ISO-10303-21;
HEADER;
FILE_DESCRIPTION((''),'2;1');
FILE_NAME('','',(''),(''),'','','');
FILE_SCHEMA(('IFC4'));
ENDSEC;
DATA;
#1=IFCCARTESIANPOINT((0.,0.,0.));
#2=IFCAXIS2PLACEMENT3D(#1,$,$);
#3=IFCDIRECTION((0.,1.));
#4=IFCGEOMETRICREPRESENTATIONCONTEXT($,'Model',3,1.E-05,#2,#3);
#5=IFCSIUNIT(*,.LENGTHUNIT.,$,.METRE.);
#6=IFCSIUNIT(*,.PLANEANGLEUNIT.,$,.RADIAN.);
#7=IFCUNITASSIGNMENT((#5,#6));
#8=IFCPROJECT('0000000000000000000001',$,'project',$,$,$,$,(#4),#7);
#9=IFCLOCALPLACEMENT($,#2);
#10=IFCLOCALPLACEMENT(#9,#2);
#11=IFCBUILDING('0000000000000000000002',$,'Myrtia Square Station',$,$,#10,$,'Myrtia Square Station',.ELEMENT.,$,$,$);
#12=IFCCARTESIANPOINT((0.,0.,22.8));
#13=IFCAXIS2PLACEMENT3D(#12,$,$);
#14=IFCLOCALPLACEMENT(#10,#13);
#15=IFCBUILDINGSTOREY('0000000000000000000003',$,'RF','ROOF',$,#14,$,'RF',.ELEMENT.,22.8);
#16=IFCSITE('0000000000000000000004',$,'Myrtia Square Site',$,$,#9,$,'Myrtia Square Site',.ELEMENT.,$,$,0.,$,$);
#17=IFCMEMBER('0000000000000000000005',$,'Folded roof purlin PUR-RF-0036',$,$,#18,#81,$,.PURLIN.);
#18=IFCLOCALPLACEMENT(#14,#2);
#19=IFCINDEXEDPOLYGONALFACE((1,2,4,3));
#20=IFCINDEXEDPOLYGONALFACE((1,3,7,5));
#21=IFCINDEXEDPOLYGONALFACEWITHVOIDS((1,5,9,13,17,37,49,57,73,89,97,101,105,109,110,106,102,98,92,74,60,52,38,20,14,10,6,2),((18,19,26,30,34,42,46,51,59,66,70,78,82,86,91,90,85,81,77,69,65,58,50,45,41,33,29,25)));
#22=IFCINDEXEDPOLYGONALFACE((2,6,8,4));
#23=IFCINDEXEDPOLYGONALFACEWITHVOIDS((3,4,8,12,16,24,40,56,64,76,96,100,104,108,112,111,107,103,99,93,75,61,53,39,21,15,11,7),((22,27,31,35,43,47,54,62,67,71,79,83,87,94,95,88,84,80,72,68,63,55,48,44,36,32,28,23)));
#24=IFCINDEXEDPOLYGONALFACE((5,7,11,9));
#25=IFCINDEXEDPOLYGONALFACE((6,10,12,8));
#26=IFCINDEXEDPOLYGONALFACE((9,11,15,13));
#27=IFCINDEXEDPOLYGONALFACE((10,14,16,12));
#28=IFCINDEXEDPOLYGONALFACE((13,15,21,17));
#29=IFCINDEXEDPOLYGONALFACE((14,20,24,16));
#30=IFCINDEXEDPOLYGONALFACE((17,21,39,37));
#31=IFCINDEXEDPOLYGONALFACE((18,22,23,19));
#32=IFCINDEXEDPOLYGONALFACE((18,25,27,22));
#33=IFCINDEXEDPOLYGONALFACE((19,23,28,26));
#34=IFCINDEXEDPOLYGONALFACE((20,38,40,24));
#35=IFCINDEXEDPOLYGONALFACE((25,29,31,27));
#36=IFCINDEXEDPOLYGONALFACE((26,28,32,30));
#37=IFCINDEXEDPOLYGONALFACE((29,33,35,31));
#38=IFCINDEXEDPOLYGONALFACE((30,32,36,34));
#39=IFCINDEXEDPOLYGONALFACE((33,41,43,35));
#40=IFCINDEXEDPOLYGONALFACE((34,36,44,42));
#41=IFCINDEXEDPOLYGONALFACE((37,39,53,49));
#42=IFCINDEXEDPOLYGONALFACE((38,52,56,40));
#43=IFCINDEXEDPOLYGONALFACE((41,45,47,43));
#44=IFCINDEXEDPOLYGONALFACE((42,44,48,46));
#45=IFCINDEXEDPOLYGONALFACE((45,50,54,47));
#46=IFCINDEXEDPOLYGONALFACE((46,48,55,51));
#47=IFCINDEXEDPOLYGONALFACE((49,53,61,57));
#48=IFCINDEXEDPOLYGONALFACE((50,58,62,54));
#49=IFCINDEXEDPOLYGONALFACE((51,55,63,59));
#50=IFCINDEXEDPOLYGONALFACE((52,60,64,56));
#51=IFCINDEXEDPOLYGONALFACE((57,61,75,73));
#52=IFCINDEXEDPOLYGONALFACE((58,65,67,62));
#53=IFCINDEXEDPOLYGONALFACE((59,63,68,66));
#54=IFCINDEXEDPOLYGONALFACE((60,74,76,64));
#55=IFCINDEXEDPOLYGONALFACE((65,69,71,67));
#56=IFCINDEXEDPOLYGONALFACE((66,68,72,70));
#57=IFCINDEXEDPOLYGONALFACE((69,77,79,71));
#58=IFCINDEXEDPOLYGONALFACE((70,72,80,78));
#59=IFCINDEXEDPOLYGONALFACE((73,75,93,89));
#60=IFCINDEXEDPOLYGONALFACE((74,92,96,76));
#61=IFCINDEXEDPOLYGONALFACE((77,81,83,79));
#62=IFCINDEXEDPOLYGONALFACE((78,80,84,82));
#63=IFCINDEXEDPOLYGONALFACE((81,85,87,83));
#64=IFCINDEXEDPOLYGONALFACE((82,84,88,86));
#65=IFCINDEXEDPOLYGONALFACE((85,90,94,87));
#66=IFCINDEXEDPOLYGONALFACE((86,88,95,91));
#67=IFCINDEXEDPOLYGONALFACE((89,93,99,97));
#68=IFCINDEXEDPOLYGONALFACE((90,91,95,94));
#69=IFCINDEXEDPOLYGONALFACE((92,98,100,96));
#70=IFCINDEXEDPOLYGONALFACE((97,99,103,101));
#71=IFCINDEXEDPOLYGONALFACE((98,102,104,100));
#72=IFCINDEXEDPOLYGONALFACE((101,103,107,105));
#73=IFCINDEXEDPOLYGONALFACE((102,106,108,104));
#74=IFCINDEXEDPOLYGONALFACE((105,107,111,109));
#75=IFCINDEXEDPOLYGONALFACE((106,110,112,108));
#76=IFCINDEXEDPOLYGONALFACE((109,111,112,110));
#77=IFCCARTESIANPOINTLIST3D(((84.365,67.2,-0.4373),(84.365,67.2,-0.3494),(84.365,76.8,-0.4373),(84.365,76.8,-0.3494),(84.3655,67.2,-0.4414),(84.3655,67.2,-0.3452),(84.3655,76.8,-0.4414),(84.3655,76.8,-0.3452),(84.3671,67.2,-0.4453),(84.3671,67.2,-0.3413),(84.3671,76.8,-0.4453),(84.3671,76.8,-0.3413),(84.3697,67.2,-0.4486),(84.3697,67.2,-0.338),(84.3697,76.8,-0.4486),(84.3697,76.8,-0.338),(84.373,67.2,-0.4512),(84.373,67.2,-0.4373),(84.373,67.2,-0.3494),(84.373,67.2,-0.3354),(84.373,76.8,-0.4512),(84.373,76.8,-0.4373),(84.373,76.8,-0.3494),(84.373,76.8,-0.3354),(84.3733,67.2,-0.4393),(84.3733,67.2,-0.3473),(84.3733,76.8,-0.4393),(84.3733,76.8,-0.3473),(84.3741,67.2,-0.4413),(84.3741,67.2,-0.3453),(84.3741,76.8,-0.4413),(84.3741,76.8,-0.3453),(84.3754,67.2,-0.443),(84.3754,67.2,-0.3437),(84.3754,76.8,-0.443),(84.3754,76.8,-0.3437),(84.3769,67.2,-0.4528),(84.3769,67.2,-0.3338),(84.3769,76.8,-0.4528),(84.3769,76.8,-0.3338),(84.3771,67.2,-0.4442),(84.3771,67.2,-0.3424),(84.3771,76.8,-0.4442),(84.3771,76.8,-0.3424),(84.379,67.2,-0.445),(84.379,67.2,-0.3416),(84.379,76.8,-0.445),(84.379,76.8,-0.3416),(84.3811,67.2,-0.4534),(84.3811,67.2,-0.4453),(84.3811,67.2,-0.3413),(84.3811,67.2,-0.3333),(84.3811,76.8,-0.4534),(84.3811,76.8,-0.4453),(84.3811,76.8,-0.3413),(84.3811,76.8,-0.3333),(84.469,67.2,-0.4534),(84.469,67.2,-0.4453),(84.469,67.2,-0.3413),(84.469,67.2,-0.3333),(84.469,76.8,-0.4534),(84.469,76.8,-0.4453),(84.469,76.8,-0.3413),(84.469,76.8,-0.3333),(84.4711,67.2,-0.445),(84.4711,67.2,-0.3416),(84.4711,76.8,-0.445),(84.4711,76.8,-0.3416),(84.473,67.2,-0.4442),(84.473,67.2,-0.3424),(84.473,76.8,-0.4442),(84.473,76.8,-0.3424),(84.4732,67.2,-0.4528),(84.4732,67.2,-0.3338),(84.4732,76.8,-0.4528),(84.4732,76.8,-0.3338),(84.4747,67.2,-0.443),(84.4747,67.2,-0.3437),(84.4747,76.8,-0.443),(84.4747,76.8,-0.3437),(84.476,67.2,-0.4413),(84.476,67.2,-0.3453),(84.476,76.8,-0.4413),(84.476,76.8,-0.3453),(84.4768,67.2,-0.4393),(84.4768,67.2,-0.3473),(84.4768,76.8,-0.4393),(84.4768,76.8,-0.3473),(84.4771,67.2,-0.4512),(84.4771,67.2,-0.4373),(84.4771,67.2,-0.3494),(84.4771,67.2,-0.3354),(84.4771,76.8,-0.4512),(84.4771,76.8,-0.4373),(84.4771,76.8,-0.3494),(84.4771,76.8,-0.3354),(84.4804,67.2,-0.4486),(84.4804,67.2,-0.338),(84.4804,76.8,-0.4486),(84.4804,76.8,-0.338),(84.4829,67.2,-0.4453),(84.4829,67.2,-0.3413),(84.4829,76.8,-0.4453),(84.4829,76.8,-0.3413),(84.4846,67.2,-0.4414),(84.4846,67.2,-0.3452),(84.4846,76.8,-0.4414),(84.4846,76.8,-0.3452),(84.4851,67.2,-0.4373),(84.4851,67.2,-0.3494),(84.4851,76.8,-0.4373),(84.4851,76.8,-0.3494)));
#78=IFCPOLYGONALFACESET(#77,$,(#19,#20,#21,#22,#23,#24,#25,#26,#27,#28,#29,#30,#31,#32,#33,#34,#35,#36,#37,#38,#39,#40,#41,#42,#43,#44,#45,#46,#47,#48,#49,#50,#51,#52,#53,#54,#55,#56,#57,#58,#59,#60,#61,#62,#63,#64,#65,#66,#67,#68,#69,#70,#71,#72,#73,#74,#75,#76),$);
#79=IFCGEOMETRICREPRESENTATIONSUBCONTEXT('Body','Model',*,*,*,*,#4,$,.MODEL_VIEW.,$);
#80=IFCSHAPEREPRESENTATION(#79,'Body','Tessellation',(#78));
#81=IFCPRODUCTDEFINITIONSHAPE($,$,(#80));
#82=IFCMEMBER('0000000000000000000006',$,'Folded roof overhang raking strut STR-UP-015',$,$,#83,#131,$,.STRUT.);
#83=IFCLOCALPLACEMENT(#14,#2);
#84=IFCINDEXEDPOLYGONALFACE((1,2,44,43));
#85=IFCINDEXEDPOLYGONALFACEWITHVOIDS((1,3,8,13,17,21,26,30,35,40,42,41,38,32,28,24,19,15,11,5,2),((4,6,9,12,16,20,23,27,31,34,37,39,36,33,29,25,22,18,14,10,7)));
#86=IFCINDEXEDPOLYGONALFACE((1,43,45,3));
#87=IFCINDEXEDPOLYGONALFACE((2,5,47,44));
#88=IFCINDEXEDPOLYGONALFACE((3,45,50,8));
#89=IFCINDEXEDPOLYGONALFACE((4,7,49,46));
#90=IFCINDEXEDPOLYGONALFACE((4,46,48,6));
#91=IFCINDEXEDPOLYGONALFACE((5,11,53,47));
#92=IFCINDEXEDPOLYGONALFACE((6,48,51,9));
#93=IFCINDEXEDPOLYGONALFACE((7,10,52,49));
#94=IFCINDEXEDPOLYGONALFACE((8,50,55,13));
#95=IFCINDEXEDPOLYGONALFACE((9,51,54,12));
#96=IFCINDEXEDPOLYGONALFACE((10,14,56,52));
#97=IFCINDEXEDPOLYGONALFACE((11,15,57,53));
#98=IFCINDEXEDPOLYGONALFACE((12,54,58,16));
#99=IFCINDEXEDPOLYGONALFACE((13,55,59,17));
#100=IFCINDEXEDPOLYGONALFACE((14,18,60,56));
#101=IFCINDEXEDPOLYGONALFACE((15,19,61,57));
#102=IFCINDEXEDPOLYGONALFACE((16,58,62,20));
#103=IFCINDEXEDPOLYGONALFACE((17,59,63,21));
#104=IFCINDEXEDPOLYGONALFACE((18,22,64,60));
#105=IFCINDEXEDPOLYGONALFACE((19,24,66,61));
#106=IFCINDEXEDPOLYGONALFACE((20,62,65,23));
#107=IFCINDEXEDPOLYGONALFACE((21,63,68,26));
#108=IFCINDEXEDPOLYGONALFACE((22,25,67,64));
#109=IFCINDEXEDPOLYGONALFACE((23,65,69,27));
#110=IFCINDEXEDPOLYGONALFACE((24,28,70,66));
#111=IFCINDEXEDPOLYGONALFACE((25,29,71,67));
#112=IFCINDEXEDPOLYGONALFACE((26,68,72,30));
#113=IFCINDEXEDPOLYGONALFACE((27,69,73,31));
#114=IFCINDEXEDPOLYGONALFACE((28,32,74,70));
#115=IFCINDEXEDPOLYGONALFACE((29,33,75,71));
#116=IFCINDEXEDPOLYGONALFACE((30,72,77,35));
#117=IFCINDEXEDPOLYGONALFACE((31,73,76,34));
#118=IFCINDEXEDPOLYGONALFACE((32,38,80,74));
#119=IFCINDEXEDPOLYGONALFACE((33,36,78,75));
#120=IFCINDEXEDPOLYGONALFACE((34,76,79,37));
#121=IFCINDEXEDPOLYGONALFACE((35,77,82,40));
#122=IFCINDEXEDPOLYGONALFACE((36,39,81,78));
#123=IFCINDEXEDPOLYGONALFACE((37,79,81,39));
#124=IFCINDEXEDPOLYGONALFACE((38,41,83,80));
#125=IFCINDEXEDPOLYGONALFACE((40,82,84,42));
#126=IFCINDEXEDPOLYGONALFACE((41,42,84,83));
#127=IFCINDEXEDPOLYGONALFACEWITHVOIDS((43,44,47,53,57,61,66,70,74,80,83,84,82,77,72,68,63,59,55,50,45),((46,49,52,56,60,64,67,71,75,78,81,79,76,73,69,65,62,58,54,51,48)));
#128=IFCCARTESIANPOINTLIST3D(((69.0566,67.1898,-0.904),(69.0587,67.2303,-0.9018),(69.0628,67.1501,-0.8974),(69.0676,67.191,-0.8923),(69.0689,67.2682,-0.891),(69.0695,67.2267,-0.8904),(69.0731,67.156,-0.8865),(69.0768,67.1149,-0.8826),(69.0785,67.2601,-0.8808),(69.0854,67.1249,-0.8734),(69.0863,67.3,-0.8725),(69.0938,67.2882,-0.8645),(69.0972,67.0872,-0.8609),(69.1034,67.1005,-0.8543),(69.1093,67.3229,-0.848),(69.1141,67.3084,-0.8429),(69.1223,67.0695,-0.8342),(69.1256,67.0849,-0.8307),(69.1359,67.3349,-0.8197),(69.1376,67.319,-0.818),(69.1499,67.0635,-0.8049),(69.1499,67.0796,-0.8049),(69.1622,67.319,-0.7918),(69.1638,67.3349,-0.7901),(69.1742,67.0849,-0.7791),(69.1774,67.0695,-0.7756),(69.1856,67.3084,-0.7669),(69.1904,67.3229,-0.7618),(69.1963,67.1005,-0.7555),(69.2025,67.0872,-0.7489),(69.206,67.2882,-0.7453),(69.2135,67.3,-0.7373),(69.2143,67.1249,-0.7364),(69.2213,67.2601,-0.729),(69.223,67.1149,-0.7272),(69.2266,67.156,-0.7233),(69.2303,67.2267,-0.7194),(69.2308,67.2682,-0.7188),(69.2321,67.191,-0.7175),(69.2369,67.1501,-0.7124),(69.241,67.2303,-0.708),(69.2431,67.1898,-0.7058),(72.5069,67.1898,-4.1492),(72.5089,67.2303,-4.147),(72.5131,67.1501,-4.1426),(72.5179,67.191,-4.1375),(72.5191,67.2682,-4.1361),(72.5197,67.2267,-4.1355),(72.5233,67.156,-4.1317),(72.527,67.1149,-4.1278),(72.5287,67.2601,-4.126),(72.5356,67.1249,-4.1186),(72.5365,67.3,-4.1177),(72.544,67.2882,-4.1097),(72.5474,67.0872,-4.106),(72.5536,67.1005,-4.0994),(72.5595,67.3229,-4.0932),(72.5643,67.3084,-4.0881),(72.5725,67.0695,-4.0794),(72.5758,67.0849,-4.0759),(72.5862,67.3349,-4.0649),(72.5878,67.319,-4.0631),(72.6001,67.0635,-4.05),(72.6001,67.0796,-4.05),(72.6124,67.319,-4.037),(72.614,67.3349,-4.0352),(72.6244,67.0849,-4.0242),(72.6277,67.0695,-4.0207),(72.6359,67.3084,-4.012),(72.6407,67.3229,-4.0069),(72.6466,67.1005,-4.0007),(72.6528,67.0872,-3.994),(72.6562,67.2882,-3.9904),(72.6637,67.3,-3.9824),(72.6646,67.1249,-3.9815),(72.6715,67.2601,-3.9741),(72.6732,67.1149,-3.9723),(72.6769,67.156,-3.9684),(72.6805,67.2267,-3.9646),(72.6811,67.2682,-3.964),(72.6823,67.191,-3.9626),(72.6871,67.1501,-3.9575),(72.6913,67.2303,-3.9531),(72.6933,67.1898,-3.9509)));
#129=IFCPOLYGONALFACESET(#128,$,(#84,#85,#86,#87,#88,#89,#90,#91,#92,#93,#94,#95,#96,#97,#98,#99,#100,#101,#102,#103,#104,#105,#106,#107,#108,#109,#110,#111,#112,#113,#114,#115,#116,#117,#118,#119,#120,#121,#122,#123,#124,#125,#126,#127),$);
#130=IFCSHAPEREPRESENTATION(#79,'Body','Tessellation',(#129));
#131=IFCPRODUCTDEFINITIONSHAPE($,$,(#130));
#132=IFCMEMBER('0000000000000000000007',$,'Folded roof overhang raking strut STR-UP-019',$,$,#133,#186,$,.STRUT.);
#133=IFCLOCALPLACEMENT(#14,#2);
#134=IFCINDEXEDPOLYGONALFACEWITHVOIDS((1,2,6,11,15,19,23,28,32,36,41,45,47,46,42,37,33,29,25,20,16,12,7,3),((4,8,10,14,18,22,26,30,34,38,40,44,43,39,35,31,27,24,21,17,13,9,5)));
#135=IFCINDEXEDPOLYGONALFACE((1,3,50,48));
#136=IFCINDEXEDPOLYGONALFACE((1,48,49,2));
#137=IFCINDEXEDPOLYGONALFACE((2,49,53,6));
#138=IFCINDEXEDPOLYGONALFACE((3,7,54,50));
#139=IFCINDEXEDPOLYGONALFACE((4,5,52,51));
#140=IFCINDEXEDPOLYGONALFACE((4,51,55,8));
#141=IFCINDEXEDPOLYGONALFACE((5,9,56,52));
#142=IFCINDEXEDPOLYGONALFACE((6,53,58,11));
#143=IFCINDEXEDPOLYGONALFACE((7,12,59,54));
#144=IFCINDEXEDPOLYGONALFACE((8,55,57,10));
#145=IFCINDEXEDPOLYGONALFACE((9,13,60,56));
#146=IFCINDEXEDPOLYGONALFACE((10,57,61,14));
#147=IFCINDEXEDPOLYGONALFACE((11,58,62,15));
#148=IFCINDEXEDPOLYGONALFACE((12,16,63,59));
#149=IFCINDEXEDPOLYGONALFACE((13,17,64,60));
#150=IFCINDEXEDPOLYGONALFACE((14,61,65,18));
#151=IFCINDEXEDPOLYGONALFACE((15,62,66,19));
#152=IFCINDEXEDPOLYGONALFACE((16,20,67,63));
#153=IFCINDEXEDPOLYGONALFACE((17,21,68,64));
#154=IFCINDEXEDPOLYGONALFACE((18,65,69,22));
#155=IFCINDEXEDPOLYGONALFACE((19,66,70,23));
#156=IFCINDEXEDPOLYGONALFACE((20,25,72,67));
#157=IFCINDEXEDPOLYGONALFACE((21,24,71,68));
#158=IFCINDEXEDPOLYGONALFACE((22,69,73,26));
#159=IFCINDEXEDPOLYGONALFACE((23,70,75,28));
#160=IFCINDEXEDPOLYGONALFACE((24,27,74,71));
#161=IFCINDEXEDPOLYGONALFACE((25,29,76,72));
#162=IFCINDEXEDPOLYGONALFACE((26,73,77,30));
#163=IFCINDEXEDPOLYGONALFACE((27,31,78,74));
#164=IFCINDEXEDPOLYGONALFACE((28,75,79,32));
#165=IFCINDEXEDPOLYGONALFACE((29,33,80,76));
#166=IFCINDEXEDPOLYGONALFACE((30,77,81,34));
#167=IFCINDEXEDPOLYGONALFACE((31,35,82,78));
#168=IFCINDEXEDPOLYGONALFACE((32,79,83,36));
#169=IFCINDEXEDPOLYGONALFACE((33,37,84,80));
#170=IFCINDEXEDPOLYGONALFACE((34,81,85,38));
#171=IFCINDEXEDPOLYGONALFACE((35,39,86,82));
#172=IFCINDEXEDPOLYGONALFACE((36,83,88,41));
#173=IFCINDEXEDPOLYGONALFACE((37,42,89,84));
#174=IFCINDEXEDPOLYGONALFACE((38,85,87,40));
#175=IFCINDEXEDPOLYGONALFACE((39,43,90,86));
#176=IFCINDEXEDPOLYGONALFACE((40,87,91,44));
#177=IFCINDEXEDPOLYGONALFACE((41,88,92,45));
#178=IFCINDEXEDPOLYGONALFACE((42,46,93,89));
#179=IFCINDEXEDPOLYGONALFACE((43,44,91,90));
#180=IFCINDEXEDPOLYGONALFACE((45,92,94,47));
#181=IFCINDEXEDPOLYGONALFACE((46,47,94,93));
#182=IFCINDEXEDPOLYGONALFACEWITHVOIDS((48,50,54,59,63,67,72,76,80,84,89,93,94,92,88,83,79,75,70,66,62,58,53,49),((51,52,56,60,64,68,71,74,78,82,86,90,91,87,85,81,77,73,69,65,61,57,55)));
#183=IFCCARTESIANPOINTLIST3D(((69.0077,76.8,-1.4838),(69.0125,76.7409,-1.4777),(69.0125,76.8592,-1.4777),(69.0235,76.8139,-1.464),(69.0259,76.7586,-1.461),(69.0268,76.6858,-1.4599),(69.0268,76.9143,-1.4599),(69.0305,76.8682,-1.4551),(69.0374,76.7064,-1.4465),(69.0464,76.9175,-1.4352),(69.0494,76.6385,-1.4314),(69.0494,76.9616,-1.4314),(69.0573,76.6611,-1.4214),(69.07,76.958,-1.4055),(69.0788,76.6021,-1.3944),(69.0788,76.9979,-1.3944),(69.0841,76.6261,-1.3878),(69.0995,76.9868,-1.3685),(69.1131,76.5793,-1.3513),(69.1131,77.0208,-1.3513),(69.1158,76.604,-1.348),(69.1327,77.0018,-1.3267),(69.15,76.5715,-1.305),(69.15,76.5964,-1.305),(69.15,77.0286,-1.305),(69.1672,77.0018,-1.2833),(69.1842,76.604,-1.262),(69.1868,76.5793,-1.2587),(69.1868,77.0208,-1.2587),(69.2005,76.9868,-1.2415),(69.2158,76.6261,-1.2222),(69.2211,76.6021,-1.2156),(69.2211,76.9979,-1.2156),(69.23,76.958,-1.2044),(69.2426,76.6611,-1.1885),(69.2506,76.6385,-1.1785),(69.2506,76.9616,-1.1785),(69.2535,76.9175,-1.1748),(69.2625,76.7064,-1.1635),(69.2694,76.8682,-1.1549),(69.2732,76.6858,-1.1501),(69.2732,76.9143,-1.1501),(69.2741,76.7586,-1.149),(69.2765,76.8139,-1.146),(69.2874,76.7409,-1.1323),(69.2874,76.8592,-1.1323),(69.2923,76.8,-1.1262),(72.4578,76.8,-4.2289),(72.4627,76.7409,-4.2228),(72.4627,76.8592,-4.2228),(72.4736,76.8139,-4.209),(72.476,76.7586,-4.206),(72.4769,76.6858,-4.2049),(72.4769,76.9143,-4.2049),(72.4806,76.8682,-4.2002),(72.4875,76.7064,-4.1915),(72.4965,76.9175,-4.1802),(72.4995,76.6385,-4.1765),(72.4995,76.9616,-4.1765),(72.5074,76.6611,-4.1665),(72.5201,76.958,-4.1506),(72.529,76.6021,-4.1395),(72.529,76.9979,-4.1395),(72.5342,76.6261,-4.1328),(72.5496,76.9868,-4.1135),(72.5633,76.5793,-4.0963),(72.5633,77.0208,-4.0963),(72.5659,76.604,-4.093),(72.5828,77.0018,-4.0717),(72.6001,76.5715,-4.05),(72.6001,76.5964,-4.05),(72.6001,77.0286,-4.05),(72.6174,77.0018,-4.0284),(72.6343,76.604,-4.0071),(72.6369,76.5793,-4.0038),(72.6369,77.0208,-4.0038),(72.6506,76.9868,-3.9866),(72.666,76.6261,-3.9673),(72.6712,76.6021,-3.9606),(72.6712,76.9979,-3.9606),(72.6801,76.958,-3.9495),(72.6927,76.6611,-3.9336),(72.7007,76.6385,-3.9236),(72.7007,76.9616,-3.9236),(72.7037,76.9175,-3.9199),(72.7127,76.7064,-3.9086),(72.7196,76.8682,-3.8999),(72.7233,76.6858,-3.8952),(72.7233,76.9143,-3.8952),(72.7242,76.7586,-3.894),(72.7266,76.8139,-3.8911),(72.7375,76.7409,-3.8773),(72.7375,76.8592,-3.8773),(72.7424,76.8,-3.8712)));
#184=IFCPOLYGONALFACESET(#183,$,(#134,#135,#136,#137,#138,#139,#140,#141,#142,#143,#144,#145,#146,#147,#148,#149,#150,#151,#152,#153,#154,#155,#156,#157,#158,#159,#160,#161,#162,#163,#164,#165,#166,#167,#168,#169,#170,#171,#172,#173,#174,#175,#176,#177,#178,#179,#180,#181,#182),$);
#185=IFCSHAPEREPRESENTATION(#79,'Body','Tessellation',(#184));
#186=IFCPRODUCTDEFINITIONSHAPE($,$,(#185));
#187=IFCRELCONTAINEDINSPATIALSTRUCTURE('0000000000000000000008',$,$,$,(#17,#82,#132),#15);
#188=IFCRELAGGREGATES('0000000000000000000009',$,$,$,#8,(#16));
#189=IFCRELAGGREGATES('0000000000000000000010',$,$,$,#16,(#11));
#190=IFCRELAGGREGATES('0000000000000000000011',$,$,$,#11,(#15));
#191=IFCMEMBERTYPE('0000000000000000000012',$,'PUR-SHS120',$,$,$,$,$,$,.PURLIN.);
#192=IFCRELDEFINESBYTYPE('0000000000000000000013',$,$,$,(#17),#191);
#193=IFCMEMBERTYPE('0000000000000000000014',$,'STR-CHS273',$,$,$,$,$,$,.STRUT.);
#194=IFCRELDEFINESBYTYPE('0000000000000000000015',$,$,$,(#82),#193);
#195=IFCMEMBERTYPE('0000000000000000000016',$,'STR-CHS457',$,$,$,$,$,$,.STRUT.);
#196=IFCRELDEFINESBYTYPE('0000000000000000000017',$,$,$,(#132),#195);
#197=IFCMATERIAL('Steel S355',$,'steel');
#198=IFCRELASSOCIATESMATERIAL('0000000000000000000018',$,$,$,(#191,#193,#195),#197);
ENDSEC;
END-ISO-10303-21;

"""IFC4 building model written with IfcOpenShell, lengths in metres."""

from ifc_helpers import new_model, si_unit, direction, frame, origin, origin_2d, place, context, subcontext, project, spatial, hollow_rectangle, hollow_circle, extrude, material, material_profile, profile_set, type_object, element, save


model = new_model("IFC4")

# Units and contexts
model_context = context("Model", 3, precision=1e-05, world=origin(), true_north=direction((0.0, 1.0)))
body_context = subcontext(model_context, "Body", "Model", "MODEL_VIEW")
ifc_project = project(units=[si_unit("LENGTHUNIT", "METRE"), si_unit("PLANEANGLEUNIT", "RADIAN")], contexts=[model_context])

# Site, building, storey
site_placement = place(None, origin())
site = spatial("IfcSite", under=ifc_project, at=site_placement, Name="Myrtia Square Site", LongName="Myrtia Square Site", CompositionType="ELEMENT", RefElevation=0.0)
building_placement = place(site_placement, origin())
building = spatial("IfcBuilding", under=site, at=building_placement, Name="Myrtia Square Station", LongName="Myrtia Square Station", CompositionType="ELEMENT")
storey_placement = place(building_placement, frame((0.0, 0.0, 22.8)))
storey = spatial("IfcBuildingStorey", under=building, at=storey_placement, Name="RF", Description="ROOF", LongName="RF", CompositionType="ELEMENT", Elevation=22.8)

# Members
ifc_material_1 = material(Name="Steel S355", Category="steel")
ifc_material_profile_1 = material_profile(ifc_material_1, hollow_rectangle(XDim=0.1201, YDim=0.1201, WallThickness=0.0081, InnerFilletRadius=0.0081, OuterFilletRadius=0.0161, at=origin_2d()), Name="SHS 120x120x8")
ifc_profile_set_1 = profile_set([ifc_material_profile_1], Name="Steel S355")
member_type_1 = type_object("IfcMemberType", Name="PUR-SHS120", PredefinedType="PURLIN", material=ifc_profile_set_1)
member_1_placement = place(storey_placement, frame((84.425, 67.2, -0.3933), z_axis=(0.0, 1.0, 0.0), x_axis=(-1.0, 0.0, 0.0)))
element("IfcMember", 1, at=member_1_placement, inside=storey, type_object=member_type_1, Name="Folded roof purlin PUR-RF-0036", PredefinedType="PURLIN", context=body_context, shape_type="SweptSolid", body=[
    extrude(hollow_rectangle(XDim=0.1201, YDim=0.1201, WallThickness=0.0081, InnerFilletRadius=0.0081, OuterFilletRadius=0.0161, at=origin_2d()), origin(), (0.0, 0.0, 1.0), 9.6001),
])
ifc_material_profile_2 = material_profile(ifc_material_1, hollow_circle(Radius=0.1365, WallThickness=0.0161, at=origin_2d()), Name="CHS 273x16")
ifc_profile_set_2 = profile_set([ifc_material_profile_2], Name="Steel S355")
member_type_2 = type_object("IfcMemberType", Name="STR-CHS273", PredefinedType="STRUT", material=ifc_profile_set_2)
member_2_placement = place(storey_placement, frame((72.6001, 67.2, -4.05), z_axis=(-0.728424, 0.0, 0.685127), x_axis=(0.0, -1.0, 0.0)))
element("IfcMember", 2, at=member_2_placement, inside=storey, type_object=member_type_2, Name="Folded roof overhang raking strut STR-UP-015", PredefinedType="STRUT", context=body_context, shape_type="SweptSolid", body=[
    extrude(hollow_circle(Radius=0.1365, WallThickness=0.0161, at=origin_2d()), origin(), (0.0, 0.0, 1.0), 4.7366),
])
ifc_material_profile_3 = material_profile(ifc_material_1, hollow_circle(Radius=0.2285, WallThickness=0.0249, at=origin_2d()), Name="CHS 457x25")
ifc_profile_set_3 = profile_set([ifc_material_profile_3], Name="Steel S355")
member_type_3 = type_object("IfcMemberType", Name="STR-CHS457", PredefinedType="STRUT", material=ifc_profile_set_3)
member_3_placement = place(storey_placement, frame((72.6001, 76.8, -4.05), z_axis=(-0.78253, 0.0, 0.622613), x_axis=(0.0, -1.0, 0.0)))
element("IfcMember", 3, at=member_3_placement, inside=storey, type_object=member_type_3, Name="Folded roof overhang raking strut STR-UP-019", PredefinedType="STRUT", context=body_context, shape_type="SweptSolid", body=[
    extrude(hollow_circle(Radius=0.2285, WallThickness=0.0249, at=origin_2d()), origin(), (0.0, 0.0, 1.0), 4.4089),
])

save(model, "model.ifc")
